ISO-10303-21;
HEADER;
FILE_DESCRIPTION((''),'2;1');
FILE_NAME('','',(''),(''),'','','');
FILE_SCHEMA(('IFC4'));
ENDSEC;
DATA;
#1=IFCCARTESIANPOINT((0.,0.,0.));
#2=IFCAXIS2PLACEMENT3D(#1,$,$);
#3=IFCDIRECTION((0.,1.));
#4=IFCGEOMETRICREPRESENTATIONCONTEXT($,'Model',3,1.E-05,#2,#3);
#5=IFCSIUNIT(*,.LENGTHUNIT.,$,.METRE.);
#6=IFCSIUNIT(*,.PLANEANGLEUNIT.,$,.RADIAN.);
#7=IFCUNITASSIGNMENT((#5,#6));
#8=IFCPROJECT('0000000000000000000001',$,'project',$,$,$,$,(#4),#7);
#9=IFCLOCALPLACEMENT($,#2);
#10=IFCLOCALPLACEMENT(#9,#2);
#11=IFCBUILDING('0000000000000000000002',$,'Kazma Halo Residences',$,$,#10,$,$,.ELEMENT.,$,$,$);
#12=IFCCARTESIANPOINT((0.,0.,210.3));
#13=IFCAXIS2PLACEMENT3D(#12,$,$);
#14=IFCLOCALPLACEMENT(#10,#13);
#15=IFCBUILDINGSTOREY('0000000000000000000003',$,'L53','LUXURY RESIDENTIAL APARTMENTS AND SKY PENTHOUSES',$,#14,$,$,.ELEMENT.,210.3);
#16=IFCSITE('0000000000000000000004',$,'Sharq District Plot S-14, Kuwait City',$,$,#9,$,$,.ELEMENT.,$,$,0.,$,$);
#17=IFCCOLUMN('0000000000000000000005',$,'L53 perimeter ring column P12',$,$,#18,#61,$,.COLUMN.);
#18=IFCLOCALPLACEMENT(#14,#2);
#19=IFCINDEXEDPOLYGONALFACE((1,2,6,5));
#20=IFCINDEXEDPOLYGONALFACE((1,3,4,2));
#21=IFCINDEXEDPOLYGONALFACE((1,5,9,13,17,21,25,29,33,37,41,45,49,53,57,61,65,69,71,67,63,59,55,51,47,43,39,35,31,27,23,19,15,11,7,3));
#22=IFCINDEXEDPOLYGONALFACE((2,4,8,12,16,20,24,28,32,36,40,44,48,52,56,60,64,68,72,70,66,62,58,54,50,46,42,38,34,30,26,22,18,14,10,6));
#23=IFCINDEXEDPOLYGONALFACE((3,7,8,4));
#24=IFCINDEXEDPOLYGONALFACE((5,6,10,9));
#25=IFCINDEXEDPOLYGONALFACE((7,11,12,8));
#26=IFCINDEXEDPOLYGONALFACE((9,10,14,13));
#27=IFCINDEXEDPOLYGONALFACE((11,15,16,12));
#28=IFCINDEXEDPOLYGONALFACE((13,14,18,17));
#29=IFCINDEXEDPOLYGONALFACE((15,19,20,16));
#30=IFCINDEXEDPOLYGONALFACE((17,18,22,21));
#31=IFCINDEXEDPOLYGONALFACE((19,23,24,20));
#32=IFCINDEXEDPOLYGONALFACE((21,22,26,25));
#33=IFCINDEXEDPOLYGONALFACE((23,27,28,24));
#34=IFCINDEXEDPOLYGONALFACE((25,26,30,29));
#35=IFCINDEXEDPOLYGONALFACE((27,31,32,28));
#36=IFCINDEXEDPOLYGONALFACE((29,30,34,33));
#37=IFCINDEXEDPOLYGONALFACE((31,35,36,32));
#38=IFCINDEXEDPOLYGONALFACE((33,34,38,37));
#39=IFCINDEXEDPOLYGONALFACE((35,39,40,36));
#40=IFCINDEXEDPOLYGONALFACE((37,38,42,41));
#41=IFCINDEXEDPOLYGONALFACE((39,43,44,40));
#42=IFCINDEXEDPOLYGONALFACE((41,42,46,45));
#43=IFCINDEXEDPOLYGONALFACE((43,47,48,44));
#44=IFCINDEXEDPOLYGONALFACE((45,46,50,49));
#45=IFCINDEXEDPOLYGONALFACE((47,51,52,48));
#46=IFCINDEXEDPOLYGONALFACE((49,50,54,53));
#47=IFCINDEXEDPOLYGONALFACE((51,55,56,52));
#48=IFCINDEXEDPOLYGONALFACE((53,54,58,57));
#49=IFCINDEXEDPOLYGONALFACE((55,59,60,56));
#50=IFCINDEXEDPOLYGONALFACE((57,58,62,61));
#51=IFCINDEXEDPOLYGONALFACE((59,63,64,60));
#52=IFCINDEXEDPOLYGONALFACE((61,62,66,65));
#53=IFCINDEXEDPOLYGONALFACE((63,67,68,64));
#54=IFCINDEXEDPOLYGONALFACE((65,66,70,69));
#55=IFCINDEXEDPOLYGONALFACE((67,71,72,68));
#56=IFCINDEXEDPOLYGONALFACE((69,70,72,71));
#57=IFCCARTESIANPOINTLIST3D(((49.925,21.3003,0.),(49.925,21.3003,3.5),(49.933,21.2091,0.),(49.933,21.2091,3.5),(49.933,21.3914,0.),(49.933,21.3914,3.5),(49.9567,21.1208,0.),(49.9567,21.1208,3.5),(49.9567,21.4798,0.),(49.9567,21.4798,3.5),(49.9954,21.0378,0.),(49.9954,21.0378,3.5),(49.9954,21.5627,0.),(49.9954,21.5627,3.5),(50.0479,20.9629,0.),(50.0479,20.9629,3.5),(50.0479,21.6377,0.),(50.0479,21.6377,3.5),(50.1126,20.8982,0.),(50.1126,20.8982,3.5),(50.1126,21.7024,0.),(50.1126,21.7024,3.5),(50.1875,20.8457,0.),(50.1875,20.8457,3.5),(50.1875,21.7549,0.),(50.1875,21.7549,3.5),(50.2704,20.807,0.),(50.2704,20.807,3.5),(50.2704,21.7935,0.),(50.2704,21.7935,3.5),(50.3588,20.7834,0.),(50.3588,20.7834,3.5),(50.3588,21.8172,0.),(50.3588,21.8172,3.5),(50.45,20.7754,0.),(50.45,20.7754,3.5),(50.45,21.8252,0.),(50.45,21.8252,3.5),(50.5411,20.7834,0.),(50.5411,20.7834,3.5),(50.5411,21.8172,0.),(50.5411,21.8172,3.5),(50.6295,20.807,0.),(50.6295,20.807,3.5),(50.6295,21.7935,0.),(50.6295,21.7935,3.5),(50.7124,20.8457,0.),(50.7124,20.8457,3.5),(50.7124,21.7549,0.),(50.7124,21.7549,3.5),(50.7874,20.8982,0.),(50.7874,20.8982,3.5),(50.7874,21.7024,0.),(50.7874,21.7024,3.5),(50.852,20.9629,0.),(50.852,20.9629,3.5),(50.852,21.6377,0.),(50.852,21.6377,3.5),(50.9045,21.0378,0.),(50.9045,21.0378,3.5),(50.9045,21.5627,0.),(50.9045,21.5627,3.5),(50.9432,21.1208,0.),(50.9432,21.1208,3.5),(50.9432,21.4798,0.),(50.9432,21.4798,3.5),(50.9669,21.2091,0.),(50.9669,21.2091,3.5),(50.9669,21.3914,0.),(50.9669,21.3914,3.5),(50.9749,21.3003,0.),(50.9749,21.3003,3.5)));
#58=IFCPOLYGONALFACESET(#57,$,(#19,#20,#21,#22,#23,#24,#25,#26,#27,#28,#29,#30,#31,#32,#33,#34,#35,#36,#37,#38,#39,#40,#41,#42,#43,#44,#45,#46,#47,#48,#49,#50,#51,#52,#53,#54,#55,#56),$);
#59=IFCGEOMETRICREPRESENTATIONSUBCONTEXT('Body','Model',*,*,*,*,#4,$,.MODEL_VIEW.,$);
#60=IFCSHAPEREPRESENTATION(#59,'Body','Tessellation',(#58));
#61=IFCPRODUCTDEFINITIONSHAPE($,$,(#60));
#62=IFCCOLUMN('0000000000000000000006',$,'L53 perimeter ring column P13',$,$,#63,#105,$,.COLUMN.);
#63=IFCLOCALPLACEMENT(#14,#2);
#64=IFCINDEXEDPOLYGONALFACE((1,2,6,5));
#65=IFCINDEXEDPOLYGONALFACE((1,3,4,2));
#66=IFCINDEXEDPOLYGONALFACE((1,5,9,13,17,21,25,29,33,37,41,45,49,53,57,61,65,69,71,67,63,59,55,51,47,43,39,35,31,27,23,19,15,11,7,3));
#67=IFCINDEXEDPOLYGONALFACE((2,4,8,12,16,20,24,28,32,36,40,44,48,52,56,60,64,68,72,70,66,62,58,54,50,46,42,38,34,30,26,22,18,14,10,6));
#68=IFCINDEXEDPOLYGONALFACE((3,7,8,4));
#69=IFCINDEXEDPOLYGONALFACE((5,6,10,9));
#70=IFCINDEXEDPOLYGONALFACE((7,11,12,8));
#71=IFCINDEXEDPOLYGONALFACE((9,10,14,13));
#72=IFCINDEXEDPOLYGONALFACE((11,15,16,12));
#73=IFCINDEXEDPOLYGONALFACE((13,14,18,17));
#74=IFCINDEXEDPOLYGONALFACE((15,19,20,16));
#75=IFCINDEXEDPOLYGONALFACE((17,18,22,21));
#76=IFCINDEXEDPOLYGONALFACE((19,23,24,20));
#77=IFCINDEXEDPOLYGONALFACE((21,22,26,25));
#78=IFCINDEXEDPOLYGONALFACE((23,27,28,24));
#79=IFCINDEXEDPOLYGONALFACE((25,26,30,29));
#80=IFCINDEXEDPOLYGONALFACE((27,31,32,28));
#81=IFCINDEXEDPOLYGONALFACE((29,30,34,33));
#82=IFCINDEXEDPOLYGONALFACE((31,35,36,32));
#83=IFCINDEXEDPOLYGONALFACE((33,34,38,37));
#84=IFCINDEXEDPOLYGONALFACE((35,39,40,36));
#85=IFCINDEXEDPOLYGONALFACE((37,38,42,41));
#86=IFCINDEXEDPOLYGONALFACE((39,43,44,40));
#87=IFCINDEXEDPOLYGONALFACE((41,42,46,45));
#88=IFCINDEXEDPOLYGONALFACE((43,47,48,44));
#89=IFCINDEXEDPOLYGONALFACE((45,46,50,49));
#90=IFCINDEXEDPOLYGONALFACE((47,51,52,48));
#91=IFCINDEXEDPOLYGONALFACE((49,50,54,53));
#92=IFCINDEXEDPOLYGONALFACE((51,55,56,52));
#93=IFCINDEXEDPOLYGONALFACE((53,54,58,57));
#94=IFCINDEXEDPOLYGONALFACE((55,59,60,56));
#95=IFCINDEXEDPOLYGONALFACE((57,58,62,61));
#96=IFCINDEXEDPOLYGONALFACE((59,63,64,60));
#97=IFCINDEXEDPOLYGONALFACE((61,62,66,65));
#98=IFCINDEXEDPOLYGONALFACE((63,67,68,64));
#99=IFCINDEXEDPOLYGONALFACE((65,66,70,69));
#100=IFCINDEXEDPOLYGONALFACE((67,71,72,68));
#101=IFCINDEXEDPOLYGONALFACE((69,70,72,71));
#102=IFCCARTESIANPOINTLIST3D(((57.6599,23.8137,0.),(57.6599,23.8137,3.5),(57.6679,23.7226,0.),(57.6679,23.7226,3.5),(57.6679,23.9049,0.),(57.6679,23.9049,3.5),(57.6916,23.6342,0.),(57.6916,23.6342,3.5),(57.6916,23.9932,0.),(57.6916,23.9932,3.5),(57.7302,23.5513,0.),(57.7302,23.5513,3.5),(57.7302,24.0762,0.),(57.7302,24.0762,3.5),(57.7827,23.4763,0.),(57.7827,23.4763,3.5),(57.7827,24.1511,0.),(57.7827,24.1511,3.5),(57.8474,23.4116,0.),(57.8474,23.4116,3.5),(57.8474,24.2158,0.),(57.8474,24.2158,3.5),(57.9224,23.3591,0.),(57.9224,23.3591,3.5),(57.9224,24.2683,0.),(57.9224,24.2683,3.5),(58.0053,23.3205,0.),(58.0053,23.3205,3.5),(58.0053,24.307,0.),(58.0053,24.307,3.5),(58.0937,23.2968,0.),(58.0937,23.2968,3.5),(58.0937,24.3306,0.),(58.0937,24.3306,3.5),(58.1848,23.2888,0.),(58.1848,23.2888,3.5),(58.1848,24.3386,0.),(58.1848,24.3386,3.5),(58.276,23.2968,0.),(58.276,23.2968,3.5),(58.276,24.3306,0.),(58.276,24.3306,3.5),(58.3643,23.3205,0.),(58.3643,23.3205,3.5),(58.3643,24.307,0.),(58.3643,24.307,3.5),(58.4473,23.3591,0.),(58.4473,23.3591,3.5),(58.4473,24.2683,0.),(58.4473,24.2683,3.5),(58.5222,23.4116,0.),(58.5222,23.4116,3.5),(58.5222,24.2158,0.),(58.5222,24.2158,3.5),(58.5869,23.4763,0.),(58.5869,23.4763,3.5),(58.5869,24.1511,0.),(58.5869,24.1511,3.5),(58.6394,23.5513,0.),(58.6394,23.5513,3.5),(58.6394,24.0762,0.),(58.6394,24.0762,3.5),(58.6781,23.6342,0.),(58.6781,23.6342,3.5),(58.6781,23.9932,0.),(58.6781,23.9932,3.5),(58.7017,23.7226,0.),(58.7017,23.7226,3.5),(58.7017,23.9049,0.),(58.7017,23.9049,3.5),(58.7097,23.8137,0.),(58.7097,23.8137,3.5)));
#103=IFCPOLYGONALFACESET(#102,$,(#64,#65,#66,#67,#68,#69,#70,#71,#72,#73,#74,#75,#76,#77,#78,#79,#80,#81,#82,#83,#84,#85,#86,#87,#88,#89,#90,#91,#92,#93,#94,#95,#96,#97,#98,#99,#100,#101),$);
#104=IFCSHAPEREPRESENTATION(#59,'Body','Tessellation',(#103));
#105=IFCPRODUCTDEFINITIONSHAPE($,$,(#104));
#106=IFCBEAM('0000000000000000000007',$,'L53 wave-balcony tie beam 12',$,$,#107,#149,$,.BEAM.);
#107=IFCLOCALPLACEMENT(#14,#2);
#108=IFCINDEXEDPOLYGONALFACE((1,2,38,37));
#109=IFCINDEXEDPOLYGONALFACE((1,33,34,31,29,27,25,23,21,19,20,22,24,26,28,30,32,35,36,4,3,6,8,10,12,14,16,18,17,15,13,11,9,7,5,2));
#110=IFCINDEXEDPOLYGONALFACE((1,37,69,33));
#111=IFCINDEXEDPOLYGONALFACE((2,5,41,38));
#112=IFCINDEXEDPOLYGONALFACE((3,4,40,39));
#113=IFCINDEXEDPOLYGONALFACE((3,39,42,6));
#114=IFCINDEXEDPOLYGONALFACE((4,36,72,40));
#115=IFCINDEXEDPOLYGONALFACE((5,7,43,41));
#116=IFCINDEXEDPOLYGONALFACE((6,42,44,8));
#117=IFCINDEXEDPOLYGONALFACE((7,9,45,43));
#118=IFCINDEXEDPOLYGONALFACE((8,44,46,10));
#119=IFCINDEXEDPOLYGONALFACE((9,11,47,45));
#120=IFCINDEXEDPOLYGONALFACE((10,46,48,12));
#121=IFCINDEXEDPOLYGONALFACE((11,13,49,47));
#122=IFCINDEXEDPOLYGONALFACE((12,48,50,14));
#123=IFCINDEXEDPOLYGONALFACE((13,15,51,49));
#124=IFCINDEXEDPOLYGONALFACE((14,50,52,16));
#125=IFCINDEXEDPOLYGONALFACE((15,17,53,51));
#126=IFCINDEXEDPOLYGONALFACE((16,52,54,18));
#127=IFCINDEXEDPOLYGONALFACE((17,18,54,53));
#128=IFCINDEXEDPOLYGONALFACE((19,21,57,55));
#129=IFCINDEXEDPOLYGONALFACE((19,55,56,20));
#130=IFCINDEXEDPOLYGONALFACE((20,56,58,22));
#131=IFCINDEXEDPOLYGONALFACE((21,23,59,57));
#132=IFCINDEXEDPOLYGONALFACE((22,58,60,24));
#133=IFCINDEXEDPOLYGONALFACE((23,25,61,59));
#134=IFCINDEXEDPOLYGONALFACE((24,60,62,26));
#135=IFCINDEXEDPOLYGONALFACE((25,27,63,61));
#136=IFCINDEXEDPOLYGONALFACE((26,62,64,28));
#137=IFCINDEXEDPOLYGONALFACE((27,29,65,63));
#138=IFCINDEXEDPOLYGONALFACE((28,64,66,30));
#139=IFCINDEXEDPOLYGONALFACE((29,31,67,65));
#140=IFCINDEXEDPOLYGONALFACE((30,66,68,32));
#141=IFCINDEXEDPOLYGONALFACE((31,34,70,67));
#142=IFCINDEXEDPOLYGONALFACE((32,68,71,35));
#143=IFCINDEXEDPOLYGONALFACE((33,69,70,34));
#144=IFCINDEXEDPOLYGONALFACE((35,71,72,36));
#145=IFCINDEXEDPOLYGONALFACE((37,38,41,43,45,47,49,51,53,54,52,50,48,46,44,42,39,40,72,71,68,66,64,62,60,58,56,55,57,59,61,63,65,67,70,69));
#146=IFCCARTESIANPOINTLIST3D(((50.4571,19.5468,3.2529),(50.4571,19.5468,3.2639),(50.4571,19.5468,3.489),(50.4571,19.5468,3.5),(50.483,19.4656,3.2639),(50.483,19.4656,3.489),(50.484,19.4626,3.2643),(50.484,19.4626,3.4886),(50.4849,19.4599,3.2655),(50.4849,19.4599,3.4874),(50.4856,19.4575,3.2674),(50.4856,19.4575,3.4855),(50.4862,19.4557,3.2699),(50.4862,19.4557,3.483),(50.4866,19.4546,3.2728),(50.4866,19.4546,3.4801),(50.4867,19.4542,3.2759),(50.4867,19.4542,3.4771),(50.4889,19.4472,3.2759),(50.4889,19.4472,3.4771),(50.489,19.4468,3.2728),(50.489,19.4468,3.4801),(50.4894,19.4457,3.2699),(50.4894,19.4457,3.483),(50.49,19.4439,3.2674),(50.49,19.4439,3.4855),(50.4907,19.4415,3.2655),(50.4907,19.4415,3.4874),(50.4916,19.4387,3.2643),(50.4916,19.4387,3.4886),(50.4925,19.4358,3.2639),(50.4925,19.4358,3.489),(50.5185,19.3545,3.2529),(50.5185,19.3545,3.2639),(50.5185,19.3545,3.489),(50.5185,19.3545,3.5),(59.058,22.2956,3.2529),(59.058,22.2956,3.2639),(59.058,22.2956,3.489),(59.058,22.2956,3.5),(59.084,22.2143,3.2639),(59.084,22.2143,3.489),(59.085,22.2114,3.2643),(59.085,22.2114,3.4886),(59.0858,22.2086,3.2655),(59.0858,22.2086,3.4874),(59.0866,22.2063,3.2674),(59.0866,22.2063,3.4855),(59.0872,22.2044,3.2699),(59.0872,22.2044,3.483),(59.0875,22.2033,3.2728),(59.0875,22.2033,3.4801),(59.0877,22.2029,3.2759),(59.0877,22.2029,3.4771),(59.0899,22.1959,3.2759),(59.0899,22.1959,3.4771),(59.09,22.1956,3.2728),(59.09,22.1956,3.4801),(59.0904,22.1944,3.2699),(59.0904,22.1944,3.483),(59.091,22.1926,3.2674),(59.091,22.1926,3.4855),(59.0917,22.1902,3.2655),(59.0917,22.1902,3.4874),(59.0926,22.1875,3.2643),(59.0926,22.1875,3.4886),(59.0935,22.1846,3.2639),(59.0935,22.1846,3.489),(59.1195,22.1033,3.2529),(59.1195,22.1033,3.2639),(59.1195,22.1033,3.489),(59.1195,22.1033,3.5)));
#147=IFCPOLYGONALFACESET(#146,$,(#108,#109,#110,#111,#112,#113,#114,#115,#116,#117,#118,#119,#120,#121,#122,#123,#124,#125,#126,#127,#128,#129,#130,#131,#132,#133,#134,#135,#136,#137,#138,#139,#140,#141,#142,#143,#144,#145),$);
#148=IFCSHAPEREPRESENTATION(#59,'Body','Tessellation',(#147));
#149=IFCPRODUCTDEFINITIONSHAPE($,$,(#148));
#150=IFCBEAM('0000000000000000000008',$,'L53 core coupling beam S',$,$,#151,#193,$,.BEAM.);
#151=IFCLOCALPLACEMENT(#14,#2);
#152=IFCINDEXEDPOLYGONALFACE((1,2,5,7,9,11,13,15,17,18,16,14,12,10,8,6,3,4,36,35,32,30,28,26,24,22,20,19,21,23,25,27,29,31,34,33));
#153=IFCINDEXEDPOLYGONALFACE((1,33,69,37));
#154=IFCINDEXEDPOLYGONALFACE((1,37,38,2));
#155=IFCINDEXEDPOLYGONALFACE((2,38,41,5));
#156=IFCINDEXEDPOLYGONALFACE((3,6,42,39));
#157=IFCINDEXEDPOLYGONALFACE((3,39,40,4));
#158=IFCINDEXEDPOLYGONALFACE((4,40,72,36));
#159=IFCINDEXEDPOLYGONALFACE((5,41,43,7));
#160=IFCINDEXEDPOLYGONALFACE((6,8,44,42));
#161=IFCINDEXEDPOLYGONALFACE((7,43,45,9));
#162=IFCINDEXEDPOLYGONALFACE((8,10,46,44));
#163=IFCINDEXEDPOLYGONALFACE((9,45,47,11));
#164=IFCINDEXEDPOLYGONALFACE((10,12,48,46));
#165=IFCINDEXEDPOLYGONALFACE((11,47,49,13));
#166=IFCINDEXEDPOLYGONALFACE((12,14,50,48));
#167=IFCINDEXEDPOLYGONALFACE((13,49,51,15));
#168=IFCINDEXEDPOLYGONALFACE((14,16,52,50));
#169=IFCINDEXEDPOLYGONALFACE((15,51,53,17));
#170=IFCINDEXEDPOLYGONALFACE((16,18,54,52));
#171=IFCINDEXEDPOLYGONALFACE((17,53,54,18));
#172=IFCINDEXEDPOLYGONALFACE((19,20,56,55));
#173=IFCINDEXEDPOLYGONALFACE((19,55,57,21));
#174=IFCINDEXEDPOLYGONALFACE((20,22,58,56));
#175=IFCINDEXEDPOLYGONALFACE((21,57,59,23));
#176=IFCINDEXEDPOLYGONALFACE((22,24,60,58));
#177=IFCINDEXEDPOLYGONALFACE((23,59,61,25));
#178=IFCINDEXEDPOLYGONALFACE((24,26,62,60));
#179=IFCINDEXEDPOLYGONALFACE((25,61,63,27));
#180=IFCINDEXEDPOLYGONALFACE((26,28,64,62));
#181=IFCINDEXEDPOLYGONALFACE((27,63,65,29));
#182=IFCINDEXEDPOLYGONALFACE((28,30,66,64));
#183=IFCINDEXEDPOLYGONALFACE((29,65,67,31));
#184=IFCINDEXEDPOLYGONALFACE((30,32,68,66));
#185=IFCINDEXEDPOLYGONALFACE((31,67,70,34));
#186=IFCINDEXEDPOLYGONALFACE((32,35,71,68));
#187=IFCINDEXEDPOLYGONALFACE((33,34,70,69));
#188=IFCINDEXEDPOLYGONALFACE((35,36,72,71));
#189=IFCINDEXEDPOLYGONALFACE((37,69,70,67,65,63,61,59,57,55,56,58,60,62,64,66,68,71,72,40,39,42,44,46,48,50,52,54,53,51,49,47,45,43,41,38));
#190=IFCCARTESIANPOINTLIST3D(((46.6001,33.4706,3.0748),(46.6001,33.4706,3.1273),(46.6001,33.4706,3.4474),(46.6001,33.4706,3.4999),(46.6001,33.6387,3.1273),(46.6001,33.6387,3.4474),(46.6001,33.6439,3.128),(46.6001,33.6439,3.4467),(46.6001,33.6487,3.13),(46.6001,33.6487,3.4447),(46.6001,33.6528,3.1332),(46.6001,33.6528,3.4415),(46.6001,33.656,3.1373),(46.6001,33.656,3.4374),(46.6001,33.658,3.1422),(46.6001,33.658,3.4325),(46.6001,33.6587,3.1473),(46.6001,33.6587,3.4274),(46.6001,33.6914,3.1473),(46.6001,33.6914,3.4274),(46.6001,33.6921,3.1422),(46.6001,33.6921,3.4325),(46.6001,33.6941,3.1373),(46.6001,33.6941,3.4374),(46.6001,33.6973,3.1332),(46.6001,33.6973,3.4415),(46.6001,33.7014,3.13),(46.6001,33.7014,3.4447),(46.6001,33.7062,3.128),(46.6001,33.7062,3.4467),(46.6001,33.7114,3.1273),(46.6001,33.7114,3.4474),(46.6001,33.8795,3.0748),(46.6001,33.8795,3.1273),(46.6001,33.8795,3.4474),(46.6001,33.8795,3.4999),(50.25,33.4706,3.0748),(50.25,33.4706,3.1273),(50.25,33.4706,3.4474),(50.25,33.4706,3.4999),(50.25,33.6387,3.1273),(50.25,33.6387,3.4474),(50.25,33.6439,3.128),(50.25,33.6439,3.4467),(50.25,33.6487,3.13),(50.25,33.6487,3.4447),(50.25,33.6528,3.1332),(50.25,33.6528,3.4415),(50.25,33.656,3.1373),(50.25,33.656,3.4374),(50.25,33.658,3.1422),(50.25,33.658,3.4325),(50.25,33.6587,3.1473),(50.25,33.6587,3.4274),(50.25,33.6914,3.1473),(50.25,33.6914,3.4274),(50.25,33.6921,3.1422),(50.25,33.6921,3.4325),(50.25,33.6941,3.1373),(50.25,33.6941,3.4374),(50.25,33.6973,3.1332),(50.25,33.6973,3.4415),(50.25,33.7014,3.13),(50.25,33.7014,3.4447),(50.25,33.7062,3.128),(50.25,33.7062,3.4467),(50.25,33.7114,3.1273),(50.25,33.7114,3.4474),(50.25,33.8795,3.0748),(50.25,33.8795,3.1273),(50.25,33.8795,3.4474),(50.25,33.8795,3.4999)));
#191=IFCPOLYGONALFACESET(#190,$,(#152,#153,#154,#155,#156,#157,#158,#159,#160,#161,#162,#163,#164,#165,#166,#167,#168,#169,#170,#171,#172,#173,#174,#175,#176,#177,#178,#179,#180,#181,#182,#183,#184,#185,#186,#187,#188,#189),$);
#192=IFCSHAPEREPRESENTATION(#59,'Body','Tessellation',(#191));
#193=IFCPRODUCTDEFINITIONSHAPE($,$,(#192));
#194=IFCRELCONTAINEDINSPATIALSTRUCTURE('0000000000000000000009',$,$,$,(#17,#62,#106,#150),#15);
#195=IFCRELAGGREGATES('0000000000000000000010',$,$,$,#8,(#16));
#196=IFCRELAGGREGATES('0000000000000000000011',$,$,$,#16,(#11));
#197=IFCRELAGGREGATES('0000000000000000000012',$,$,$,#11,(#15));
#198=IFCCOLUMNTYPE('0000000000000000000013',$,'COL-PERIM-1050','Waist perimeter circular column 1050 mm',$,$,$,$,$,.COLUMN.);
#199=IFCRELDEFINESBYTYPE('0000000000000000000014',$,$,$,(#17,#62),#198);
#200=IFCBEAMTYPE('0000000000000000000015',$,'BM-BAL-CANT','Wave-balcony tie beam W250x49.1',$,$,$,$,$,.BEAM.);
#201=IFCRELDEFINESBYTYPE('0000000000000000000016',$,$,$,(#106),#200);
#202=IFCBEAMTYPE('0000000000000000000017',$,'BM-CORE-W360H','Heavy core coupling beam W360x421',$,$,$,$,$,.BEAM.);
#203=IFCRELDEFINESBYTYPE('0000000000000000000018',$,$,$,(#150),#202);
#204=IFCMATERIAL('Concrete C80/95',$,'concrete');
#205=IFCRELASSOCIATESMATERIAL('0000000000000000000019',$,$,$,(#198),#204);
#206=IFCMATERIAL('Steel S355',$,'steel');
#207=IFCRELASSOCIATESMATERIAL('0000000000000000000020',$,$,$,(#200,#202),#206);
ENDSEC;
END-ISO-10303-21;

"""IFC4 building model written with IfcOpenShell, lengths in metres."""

from ifc_helpers import new_model, si_unit, direction, frame, origin, origin_2d, place, context, subcontext, project, spatial, circle, i_section, extrude, material, material_profile, profile_set, type_object, element, save


model = new_model("IFC4")

# Units and contexts
model_context = context("Model", 3, precision=1e-05, world=origin(), true_north=direction((0.0, 1.0)))
body_context = subcontext(model_context, "Body", "Model", "MODEL_VIEW")
ifc_project = project(units=[si_unit("LENGTHUNIT", "METRE"), si_unit("PLANEANGLEUNIT", "RADIAN")], contexts=[model_context])

# Site, building, storey
site_placement = place(None, origin())
site = spatial("IfcSite", under=ifc_project, at=site_placement, Name="Sharq District Plot S-14, Kuwait City", CompositionType="ELEMENT", RefElevation=0.0)
building_placement = place(site_placement, origin())
building = spatial("IfcBuilding", under=site, at=building_placement, Name="Kazma Halo Residences", CompositionType="ELEMENT")
storey_placement = place(building_placement, frame((0.0, 0.0, 210.3)))
storey = spatial("IfcBuildingStorey", under=building, at=storey_placement, Name="L53", Description="LUXURY RESIDENTIAL APARTMENTS AND SKY PENTHOUSES", CompositionType="ELEMENT", Elevation=210.3)

# Columns
ifc_material_1 = material(Name="Concrete C80/95", Category="concrete")
ifc_material_profile_1 = material_profile(ifc_material_1, circle(Radius=0.5249, at=origin_2d()), Name="CIRC1050")
ifc_profile_set_1 = profile_set([ifc_material_profile_1], Name="Concrete C80/95")
column_type = type_object("IfcColumnType", Name="COL-PERIM-1050", Description="Waist perimeter circular column 1050 mm", PredefinedType="COLUMN", material=ifc_profile_set_1)
for number, where, z_axis, x_axis, name in (
    (1, (50.45, 21.3003, 0.0), (0.0, 0.0, 1.0), (1.0, 0.0, 0.0), "L53 perimeter ring column P12"),
    (2, (58.1848, 23.8137, 0.0), (0.0, 0.0, 1.0), (1.0, 0.0, 0.0), "L53 perimeter ring column P13"),
):
    element("IfcColumn", number, at=place(storey_placement, frame(where, z_axis=z_axis, x_axis=x_axis)), inside=storey, type_object=column_type, Name=name, PredefinedType="COLUMN", context=body_context, shape_type="SweptSolid", body=[
        extrude(circle(Radius=0.5249, at=origin_2d()), origin(), (0.0, 0.0, 1.0), 3.5),
    ])

# Beams
ifc_material_2 = material(Name="Steel S355", Category="steel")
ifc_material_profile_2 = material_profile(ifc_material_2, i_section(OverallWidth=0.2019, OverallDepth=0.2471, WebThickness=0.0073, FlangeThickness=0.011, FilletRadius=0.012, at=origin_2d()), Name="W250x49.1")
ifc_profile_set_2 = profile_set([ifc_material_profile_2], Name="Steel S355")
beam_type_1 = type_object("IfcBeamType", Name="BM-BAL-CANT", Description="Wave-balcony tie beam W250x49.1", PredefinedType="BEAM", material=ifc_profile_set_2)
beam_1_placement = place(storey_placement, frame((50.4878, 19.4507, 3.3765), z_axis=(0.952539, 0.304418, 0.0), x_axis=(-0.304418, 0.952539, 0.0)))
element("IfcBeam", 3, at=beam_1_placement, inside=storey, type_object=beam_type_1, Name="L53 wave-balcony tie beam 12", PredefinedType="BEAM", context=body_context, shape_type="SweptSolid", body=[
    extrude(i_section(OverallWidth=0.2019, OverallDepth=0.2471, WebThickness=0.0073, FlangeThickness=0.011, FilletRadius=0.012, at=origin_2d()), origin(), (0.0, 0.0, 1.0), 9.0295),
])
ifc_material_profile_3 = material_profile(ifc_material_2, i_section(OverallWidth=0.4089, OverallDepth=0.425, WebThickness=0.0327, FlangeThickness=0.0525, FilletRadius=0.02, at=origin_2d()), Name="W360x421")
ifc_profile_set_3 = profile_set([ifc_material_profile_3], Name="Steel S355")
beam_type_2 = type_object("IfcBeamType", Name="BM-CORE-W360H", Description="Heavy core coupling beam W360x421", PredefinedType="BEAM", material=ifc_profile_set_3)
beam_2_placement = place(storey_placement, frame((46.6001, 33.675, 3.2874), z_axis=(1.0, 0.0, 0.0), x_axis=(0.0, 1.0, 0.0)))
element("IfcBeam", 4, at=beam_2_placement, inside=storey, type_object=beam_type_2, Name="L53 core coupling beam S", PredefinedType="BEAM", context=body_context, shape_type="SweptSolid", body=[
    extrude(i_section(OverallWidth=0.4089, OverallDepth=0.425, WebThickness=0.0327, FlangeThickness=0.0525, FilletRadius=0.02, at=origin_2d()), origin(), (0.0, 0.0, 1.0), 3.6499),
])

save(model, "model.ifc")
